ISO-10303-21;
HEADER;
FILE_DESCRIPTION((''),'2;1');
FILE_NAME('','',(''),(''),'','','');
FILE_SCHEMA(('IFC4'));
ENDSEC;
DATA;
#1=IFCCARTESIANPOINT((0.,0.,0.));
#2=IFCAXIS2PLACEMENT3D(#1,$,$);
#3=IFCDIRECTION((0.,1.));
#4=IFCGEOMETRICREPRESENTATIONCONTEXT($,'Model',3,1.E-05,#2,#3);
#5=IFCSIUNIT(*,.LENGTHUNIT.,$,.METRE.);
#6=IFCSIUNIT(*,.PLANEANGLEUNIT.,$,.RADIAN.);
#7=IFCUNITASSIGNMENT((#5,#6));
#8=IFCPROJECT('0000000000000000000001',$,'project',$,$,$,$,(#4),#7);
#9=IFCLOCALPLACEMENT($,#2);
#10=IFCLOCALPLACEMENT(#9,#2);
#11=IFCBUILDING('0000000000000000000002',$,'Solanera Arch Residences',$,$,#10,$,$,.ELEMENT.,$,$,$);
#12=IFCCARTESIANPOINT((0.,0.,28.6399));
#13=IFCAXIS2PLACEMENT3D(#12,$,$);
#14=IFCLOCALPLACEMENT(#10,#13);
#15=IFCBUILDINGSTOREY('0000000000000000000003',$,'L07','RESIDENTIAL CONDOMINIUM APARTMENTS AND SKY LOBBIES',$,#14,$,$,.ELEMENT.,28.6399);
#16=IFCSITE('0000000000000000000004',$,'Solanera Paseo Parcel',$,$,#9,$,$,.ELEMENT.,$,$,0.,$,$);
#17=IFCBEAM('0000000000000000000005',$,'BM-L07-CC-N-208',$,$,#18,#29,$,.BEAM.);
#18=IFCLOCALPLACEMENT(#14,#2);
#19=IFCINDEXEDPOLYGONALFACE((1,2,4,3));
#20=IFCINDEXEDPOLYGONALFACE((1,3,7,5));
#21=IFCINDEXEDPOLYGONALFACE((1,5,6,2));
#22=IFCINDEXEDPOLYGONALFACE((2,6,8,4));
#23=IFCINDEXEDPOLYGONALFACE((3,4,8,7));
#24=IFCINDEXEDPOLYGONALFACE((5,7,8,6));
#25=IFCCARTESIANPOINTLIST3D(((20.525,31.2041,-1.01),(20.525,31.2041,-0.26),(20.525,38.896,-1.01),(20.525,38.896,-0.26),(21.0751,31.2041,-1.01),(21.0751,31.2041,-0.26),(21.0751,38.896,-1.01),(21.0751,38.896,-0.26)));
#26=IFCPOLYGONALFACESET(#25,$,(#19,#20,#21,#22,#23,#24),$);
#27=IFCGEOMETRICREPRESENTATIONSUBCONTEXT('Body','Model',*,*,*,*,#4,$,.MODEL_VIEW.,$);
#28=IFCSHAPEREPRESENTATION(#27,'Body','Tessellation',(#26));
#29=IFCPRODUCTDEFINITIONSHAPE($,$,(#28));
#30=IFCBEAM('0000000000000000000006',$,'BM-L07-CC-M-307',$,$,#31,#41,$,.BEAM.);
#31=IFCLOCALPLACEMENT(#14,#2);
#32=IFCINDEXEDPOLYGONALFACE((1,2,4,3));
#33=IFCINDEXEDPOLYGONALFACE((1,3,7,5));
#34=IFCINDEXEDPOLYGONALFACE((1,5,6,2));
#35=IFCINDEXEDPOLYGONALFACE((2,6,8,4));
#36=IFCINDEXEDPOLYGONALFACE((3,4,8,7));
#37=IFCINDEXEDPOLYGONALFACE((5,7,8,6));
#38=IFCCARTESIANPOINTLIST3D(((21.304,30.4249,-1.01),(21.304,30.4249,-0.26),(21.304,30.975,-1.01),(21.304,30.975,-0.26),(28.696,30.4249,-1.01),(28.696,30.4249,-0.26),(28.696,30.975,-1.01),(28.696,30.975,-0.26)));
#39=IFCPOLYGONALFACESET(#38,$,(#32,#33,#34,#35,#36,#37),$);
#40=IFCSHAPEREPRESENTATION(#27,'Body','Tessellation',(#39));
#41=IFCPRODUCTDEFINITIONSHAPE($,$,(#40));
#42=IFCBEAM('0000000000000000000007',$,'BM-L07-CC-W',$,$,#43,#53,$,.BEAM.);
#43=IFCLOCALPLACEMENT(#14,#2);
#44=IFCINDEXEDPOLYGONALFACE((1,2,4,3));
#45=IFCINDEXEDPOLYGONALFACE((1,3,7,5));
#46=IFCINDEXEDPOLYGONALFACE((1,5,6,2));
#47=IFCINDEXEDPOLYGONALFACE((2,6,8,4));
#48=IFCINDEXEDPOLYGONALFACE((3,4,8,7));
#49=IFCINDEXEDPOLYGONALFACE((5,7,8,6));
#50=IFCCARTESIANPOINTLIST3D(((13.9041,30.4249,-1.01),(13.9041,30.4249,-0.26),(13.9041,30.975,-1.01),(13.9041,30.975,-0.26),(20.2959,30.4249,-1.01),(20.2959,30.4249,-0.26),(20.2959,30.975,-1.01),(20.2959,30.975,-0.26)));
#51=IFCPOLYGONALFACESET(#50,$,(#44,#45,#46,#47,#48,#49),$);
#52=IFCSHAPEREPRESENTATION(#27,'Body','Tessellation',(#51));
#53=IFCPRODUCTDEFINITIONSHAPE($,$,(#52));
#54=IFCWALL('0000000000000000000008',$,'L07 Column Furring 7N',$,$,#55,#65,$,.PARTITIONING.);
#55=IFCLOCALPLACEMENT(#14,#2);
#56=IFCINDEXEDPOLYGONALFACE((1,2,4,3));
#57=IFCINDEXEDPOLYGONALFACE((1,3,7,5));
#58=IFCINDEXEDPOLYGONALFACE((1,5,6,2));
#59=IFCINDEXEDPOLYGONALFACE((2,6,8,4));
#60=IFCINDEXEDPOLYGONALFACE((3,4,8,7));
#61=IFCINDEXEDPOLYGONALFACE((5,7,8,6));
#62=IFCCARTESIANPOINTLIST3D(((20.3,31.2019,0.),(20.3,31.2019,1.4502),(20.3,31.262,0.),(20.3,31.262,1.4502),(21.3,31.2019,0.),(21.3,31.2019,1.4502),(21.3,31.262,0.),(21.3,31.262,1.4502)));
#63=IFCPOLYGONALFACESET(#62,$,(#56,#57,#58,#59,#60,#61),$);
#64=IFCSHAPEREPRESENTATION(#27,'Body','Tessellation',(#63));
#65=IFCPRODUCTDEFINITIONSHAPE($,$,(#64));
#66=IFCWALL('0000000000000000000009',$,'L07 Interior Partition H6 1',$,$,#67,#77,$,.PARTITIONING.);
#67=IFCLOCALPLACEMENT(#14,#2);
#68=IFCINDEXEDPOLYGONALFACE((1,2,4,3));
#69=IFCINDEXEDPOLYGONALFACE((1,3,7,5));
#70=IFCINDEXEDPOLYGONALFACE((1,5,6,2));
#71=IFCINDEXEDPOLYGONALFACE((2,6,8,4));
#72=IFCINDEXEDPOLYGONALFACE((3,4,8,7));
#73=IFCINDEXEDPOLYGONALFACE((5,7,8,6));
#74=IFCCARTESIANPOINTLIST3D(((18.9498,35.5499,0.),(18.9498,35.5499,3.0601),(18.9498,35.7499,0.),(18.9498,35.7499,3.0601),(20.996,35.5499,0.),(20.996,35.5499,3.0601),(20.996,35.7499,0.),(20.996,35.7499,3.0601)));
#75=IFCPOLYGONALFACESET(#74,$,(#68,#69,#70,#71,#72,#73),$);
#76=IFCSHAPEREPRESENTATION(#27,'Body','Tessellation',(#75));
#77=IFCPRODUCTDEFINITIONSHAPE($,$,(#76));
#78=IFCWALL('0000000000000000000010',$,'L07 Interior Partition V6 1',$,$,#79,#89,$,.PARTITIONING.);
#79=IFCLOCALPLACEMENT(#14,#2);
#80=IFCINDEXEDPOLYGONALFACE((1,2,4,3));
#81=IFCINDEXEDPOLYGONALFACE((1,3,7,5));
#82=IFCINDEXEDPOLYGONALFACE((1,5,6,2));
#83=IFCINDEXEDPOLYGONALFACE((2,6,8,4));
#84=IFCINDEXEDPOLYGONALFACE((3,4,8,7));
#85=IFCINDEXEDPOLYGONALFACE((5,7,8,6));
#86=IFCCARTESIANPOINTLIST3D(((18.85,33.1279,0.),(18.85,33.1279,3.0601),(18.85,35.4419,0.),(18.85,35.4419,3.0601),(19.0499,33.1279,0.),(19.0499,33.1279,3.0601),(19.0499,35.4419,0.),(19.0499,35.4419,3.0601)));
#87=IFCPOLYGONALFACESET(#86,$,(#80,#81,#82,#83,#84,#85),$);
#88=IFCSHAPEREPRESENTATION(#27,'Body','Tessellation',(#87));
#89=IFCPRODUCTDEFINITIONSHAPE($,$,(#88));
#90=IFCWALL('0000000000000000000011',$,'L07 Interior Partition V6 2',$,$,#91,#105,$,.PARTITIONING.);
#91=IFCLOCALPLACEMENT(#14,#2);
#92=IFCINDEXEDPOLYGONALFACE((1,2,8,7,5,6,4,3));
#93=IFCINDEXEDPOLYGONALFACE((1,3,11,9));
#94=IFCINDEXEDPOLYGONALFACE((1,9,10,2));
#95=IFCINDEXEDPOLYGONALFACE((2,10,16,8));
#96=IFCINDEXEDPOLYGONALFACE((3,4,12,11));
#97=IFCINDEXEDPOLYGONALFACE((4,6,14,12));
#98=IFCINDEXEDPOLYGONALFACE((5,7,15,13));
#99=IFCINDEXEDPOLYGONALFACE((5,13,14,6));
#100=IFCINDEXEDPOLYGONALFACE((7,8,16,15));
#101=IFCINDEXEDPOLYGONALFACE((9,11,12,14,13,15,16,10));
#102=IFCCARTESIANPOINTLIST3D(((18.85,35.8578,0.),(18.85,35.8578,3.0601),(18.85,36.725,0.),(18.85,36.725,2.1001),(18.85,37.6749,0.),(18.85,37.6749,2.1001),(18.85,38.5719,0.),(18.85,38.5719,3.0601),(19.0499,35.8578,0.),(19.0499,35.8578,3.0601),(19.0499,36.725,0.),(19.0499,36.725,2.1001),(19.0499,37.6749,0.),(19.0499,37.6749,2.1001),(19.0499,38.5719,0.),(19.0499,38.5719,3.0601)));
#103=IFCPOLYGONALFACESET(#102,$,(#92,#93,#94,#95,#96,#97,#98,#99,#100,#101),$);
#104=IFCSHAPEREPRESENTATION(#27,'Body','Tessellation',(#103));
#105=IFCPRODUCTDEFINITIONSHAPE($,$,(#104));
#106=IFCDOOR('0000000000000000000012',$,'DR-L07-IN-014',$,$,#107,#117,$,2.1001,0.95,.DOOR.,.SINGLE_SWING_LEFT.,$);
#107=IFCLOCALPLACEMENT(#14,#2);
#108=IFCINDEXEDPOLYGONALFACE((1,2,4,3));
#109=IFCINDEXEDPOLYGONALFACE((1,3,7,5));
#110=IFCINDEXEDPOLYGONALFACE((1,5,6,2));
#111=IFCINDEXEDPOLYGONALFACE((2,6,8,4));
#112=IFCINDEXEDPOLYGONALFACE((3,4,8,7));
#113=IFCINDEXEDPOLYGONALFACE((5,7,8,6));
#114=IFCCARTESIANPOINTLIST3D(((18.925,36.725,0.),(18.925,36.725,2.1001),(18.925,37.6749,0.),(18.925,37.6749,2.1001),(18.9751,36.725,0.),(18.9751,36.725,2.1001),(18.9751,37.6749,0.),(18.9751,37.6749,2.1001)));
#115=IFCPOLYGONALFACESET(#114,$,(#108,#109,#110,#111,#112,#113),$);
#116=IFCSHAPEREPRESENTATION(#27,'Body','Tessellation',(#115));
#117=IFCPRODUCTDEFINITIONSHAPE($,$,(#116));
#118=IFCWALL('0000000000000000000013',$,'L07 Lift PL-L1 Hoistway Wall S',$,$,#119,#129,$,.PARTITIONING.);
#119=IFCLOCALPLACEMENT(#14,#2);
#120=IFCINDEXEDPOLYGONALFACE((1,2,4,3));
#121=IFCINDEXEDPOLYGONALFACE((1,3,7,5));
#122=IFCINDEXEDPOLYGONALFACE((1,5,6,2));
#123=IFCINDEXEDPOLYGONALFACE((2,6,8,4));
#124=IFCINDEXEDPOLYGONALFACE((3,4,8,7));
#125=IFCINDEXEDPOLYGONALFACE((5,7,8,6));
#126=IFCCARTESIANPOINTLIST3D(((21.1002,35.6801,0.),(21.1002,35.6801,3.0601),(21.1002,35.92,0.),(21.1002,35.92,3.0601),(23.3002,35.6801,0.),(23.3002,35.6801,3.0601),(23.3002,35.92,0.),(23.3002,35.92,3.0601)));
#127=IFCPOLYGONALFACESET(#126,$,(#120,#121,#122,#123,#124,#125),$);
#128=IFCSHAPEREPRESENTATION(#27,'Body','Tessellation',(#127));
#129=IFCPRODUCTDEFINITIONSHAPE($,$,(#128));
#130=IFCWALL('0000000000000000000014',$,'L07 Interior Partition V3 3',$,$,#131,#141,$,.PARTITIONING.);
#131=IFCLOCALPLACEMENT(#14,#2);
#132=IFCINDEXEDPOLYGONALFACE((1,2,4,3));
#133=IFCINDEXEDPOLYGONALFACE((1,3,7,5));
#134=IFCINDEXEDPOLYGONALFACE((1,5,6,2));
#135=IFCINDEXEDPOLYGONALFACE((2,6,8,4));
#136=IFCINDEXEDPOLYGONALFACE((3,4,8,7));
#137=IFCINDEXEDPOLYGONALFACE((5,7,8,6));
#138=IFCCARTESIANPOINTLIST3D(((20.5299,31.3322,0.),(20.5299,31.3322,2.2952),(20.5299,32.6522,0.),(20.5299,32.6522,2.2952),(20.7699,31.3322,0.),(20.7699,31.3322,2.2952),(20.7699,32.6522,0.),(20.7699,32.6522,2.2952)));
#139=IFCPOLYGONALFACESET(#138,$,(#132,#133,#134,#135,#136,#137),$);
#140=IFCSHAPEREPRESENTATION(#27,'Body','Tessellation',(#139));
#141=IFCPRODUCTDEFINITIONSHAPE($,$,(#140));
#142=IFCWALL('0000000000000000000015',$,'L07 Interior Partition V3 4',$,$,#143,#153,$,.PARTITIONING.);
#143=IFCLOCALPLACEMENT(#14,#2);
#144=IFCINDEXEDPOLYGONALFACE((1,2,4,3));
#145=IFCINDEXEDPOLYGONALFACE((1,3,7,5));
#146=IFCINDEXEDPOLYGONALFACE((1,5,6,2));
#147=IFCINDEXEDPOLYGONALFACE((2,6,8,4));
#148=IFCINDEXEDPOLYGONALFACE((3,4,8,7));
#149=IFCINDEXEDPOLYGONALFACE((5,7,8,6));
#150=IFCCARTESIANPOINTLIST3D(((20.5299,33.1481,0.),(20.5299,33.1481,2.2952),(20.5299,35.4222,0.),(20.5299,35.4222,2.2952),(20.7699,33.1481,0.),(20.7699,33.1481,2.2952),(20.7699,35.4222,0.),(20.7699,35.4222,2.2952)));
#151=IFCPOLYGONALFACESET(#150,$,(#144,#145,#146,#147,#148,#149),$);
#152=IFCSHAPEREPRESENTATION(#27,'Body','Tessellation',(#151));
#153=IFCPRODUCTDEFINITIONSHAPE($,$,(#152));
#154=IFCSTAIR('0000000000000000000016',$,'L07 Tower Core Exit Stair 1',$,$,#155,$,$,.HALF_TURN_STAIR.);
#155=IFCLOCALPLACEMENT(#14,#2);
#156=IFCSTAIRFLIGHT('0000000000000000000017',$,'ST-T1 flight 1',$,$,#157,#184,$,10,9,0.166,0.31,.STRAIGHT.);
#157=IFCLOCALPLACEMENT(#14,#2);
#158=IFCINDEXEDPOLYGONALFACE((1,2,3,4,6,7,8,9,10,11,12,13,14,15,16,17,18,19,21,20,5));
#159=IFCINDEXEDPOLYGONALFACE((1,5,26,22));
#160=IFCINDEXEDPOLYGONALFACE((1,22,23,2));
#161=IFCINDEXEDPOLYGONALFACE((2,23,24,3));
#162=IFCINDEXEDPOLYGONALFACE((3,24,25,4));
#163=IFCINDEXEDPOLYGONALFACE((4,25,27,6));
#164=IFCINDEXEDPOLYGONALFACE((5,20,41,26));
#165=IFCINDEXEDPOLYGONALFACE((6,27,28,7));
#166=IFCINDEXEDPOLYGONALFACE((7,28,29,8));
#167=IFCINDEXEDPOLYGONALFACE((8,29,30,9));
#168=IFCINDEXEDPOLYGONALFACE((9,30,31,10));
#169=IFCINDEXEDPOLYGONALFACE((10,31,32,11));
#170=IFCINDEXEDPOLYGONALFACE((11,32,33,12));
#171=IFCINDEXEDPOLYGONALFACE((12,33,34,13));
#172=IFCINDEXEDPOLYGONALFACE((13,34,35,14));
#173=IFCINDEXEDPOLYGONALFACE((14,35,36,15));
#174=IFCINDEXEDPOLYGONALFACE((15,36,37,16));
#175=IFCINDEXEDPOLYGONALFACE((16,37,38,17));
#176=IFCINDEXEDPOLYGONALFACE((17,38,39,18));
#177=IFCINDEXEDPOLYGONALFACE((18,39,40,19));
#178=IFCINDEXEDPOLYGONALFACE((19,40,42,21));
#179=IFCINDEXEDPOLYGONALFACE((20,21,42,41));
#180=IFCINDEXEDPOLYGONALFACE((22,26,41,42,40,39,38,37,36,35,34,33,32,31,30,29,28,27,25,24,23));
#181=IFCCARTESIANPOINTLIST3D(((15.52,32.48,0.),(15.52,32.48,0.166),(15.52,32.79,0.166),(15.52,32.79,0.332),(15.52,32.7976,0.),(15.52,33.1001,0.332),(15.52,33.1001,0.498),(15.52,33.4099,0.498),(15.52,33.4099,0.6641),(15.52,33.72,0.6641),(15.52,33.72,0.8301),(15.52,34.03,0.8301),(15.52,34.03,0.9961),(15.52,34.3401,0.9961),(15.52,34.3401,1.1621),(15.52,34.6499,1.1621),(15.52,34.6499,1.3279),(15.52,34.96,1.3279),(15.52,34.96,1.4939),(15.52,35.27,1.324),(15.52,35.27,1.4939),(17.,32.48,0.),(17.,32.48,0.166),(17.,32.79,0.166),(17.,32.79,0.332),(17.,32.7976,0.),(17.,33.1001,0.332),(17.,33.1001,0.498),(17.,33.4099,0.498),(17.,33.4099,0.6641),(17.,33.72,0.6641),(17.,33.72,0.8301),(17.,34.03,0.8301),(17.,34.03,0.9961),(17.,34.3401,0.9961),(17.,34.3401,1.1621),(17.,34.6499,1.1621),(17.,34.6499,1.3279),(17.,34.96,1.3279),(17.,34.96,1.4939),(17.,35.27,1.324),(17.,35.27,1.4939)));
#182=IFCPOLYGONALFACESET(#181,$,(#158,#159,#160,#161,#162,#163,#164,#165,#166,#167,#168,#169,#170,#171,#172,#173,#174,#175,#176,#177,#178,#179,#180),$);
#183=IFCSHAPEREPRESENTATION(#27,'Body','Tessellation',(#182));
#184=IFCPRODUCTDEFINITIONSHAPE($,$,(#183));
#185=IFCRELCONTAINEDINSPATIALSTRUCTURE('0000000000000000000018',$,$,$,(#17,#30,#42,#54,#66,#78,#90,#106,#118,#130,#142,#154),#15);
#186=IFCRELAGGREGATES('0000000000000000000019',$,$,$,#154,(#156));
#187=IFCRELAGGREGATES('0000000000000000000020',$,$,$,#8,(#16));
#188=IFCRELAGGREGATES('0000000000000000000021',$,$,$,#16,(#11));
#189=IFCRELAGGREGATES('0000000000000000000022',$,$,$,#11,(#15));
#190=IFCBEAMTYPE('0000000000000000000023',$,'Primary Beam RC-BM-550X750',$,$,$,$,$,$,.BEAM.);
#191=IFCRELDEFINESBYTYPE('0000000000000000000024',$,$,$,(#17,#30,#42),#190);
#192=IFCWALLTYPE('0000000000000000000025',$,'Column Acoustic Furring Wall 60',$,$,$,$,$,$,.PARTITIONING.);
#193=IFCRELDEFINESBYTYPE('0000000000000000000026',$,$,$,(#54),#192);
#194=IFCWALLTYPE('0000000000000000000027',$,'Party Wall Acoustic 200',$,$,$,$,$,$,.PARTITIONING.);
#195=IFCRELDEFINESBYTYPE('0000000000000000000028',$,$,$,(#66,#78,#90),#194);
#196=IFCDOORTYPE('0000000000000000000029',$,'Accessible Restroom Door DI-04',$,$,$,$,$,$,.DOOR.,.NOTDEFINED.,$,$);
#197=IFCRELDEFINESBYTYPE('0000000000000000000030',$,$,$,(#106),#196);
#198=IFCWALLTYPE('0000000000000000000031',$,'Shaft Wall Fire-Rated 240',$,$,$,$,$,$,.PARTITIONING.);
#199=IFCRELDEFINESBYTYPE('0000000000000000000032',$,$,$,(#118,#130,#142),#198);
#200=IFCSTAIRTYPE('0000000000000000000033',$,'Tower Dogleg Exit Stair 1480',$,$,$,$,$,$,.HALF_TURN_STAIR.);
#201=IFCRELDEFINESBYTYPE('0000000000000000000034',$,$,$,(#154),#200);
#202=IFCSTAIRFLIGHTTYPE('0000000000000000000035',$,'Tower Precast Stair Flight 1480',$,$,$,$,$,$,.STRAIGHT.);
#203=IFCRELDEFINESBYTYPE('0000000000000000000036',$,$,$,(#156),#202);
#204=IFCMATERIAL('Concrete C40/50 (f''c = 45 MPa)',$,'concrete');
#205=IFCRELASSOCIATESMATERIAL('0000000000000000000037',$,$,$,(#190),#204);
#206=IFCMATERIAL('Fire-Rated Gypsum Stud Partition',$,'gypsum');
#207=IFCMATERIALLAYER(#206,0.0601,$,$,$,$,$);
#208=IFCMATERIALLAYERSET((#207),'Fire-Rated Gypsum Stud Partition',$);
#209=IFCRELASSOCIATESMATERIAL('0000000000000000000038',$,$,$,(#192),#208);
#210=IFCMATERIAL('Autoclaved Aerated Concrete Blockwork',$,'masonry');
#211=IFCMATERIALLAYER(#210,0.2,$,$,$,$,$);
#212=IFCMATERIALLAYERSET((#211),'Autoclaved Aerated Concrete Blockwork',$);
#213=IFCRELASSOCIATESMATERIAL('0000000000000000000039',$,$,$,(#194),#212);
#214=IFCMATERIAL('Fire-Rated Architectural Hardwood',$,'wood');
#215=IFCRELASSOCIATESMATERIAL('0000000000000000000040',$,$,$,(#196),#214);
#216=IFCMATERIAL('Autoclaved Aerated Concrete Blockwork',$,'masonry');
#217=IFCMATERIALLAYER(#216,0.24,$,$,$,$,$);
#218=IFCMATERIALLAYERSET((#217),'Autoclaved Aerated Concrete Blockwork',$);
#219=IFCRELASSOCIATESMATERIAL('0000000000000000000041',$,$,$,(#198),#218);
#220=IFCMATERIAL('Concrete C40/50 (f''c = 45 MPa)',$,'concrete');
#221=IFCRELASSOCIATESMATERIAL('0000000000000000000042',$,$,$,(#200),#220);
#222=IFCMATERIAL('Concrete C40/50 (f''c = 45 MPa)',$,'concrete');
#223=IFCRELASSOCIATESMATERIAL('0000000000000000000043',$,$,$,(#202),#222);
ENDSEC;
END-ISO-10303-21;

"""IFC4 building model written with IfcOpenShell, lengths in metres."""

from ifc_helpers import new_model, si_unit, direction, frame, frame_2d, origin, origin_2d, place, context, subcontext, project, spatial, polyline, rectangle, outline, extrude, material, layer, layer_set, material_profile, profile_set, type_object, element, fill, aggregate, save


model = new_model("IFC4")

# Units and contexts
model_context = context("Model", 3, precision=1e-05, world=origin(), true_north=direction((0.0, 1.0)))
body_context = subcontext(model_context, "Body", "Model", "MODEL_VIEW")
ifc_project = project(units=[si_unit("LENGTHUNIT", "METRE"), si_unit("PLANEANGLEUNIT", "RADIAN")], contexts=[model_context])

# Site, building, storey
site_placement = place(None, origin())
site = spatial("IfcSite", under=ifc_project, at=site_placement, Name="Solanera Paseo Parcel", CompositionType="ELEMENT", RefElevation=0.0)
building_placement = place(site_placement, origin())
building = spatial("IfcBuilding", under=site, at=building_placement, Name="Solanera Arch Residences", CompositionType="ELEMENT")
storey_placement = place(building_placement, frame((0.0, 0.0, 28.6399)))
storey = spatial("IfcBuildingStorey", under=building, at=storey_placement, Name="L07", Description="RESIDENTIAL CONDOMINIUM APARTMENTS AND SKY LOBBIES", CompositionType="ELEMENT", Elevation=28.6399)

# Beams
ifc_material_1 = material(Name="Concrete C40/50 (f'c = 45 MPa)", Category="concrete")
ifc_material_profile = material_profile(ifc_material_1, rectangle(XDim=0.55, YDim=0.75, at=origin_2d()))
ifc_profile_set = profile_set([ifc_material_profile], Name="Concrete C40/50 (f'c = 45 MPa)")
beam_type = type_object("IfcBeamType", Name="Primary Beam RC-BM-550X750", PredefinedType="BEAM", material=ifc_profile_set)
beam_1_placement = place(storey_placement, frame((20.8, 31.2041, -0.635), z_axis=(0.0, 1.0, 0.0), x_axis=(-1.0, 0.0, 0.0)))
element("IfcBeam", 1, at=beam_1_placement, inside=storey, type_object=beam_type, Name="BM-L07-CC-N-208", PredefinedType="BEAM", context=body_context, shape_type="SweptSolid", body=[
    extrude(rectangle(XDim=0.55, YDim=0.75, at=origin_2d()), origin(), (0.0, 0.0, 1.0), 7.6919),
])
beam_2_placement = place(storey_placement, frame((21.304, 30.7, -0.635), z_axis=(1.0, 0.0, 0.0), x_axis=(0.0, 1.0, 0.0)))
element("IfcBeam", 2, at=beam_2_placement, inside=storey, type_object=beam_type, Name="BM-L07-CC-M-307", PredefinedType="BEAM", context=body_context, shape_type="SweptSolid", body=[
    extrude(rectangle(XDim=0.55, YDim=0.75, at=origin_2d()), origin(), (0.0, 0.0, 1.0), 7.3921),
])
beam_3_placement = place(storey_placement, frame((13.9041, 30.7, -0.635), z_axis=(1.0, 0.0, 0.0), x_axis=(0.0, 1.0, 0.0)))
element("IfcBeam", 3, at=beam_3_placement, inside=storey, type_object=beam_type, Name="BM-L07-CC-W", PredefinedType="BEAM", context=body_context, shape_type="SweptSolid", body=[
    extrude(rectangle(XDim=0.55, YDim=0.75, at=origin_2d()), origin(), (0.0, 0.0, 1.0), 6.3918),
])

# Wall
ifc_material_2 = material(Name="Fire-Rated Gypsum Stud Partition", Category="gypsum")
ifc_layer_1 = layer(ifc_material_2, 0.0601)
ifc_layer_set_1 = layer_set([ifc_layer_1], Name="Fire-Rated Gypsum Stud Partition")
wall_type_1 = type_object("IfcWallType", Name="Column Acoustic Furring Wall 60", PredefinedType="PARTITIONING", material=ifc_layer_set_1)
wall_1_placement = place(storey_placement, frame((20.3, 31.2319, 0.0), z_axis=(0.0, 0.0, 1.0), x_axis=(1.0, 0.0, 0.0)))
element("IfcWall", 4, at=wall_1_placement, inside=storey, type_object=wall_type_1, Name="L07 Column Furring 7N", PredefinedType="PARTITIONING", context=body_context, shape_type="SweptSolid", body=[
    extrude(rectangle(XDim=1.0, YDim=0.0601, at=frame_2d((0.5, 0.0))), origin(), (0.0, 0.0, 1.0), 1.4502),
])

# Walls
ifc_material_3 = material(Name="Autoclaved Aerated Concrete Blockwork", Category="masonry")
ifc_layer_2 = layer(ifc_material_3, 0.2)
ifc_layer_set_2 = layer_set([ifc_layer_2], Name="Autoclaved Aerated Concrete Blockwork")
wall_type_2 = type_object("IfcWallType", Name="Party Wall Acoustic 200", PredefinedType="PARTITIONING", material=ifc_layer_set_2)
wall_2_placement = place(storey_placement, frame((18.95, 35.6499, 0.0), z_axis=(0.0, 0.0, 1.0), x_axis=(1.0, 0.0, 0.0)))
element("IfcWall", 5, at=wall_2_placement, inside=storey, type_object=wall_type_2, Name="L07 Interior Partition H6 1", PredefinedType="PARTITIONING", context=body_context, shape_type="SweptSolid", body=[
    extrude(rectangle(XDim=2.0461, YDim=0.2, at=frame_2d((1.0229, 0.0))), origin(), (0.0, 0.0, 1.0), 3.0601),
])
wall_3_placement = place(storey_placement, frame((18.95, 33.1279, 0.0), z_axis=(0.0, 0.0, 1.0), x_axis=(0.0, 1.0, 0.0)))
element("IfcWall", 6, at=wall_3_placement, inside=storey, type_object=wall_type_2, Name="L07 Interior Partition V6 1", PredefinedType="PARTITIONING", context=body_context, shape_type="SweptSolid", body=[
    extrude(rectangle(XDim=2.314, YDim=0.2, at=frame_2d((1.157, 0.0))), origin(), (0.0, 0.0, 1.0), 3.0601),
])

# Wall, opening, door
wall_4_placement = place(storey_placement, frame((18.95, 35.8579, 0.0), z_axis=(0.0, 0.0, 1.0), x_axis=(0.0, 1.0, 0.0)))
wall_4 = element("IfcWall", 7, at=wall_4_placement, inside=storey, type_object=wall_type_2, Name="L07 Interior Partition V6 2", PredefinedType="PARTITIONING", context=body_context, shape_type="SweptSolid", body=[
    extrude(rectangle(XDim=2.7141, YDim=0.2, at=frame_2d((1.3569, 0.0))), origin(), (0.0, 0.0, 1.0), 3.0601),
])
opening_1_placement = place(wall_4_placement, frame((0.8669, 0.0, 0.0)))
opening_1 = element("IfcOpeningElement", 8, at=opening_1_placement, cuts=wall_4, PredefinedType="OPENING", context=body_context, shape_type="SweptSolid", body=[
    extrude(rectangle(XDim=0.95, YDim=2.1001, at=frame_2d((0.4751, 1.05))), frame((0.0, 0.1101, 0.0), z_axis=(0.0, -1.0, 0.0), x_axis=(1.0, 0.0, 0.0)), (0.0, 0.0, 1.0), 0.22),
])
ifc_material_4 = material(Name="Fire-Rated Architectural Hardwood", Category="wood")
door_type_1 = type_object("IfcDoorType", Name="Accessible Restroom Door DI-04", OperationType="NOTDEFINED", PredefinedType="DOOR", material=ifc_material_4)
door_1_placement = place(opening_1_placement, origin())
door_1 = element("IfcDoor", 9, at=door_1_placement, inside=storey, type_object=door_type_1, Name="DR-L07-IN-014", OperationType="SINGLE_SWING_LEFT", OverallHeight=2.1001, OverallWidth=0.95, PredefinedType="DOOR", context=body_context, shape_type="SweptSolid", body=[
    extrude(rectangle(XDim=0.95, YDim=2.1001, at=frame_2d((0.4751, 1.05))), frame((0.0, 0.0249, 0.0), z_axis=(0.0, -1.0, 0.0), x_axis=(1.0, 0.0, 0.0)), (0.0, 0.0, 1.0), 0.05),
])
fill(opening_1, door_1)

# Wall
ifc_material_5 = material(Name="Autoclaved Aerated Concrete Blockwork", Category="masonry")
ifc_layer_3 = layer(ifc_material_5, 0.24)
ifc_layer_set_3 = layer_set([ifc_layer_3], Name="Autoclaved Aerated Concrete Blockwork")
wall_type_3 = type_object("IfcWallType", Name="Shaft Wall Fire-Rated 240", PredefinedType="PARTITIONING", material=ifc_layer_set_3)
wall_5_placement = place(storey_placement, frame((21.1001, 35.8, 0.0), z_axis=(0.0, 0.0, 1.0), x_axis=(1.0, 0.0, 0.0)))
element("IfcWall", 10, at=wall_5_placement, inside=storey, type_object=wall_type_3, Name="L07 Lift PL-L1 Hoistway Wall S", PredefinedType="PARTITIONING", context=body_context, shape_type="SweptSolid", body=[
    extrude(rectangle(XDim=2.2, YDim=0.24, at=frame_2d((1.1001, 0.0))), origin(), (0.0, 0.0, 1.0), 3.0601),
])

# Walls
wall_6_placement = place(storey_placement, frame((20.6499, 31.332, 0.0), z_axis=(0.0, 0.0, 1.0), x_axis=(0.0, 1.0, 0.0)))
element("IfcWall", 11, at=wall_6_placement, inside=storey, type_object=wall_type_3, Name="L07 Interior Partition V3 3", PredefinedType="PARTITIONING", context=body_context, shape_type="SweptSolid", body=[
    extrude(rectangle(XDim=1.3201, YDim=0.24, at=frame_2d((0.6602, 0.0))), origin(), (0.0, 0.0, 1.0), 2.2952),
])
wall_7_placement = place(storey_placement, frame((20.6499, 33.1479, 0.0), z_axis=(0.0, 0.0, 1.0), x_axis=(0.0, 1.0, 0.0)))
element("IfcWall", 12, at=wall_7_placement, inside=storey, type_object=wall_type_3, Name="L07 Interior Partition V3 4", PredefinedType="PARTITIONING", context=body_context, shape_type="SweptSolid", body=[
    extrude(rectangle(XDim=2.2742, YDim=0.24, at=frame_2d((1.1372, 0.0))), origin(), (0.0, 0.0, 1.0), 2.2952),
])

# Stair, stair flight
ifc_material_6 = material(Name="Concrete C40/50 (f'c = 45 MPa)", Category="concrete")
stair_type = type_object("IfcStairType", Name="Tower Dogleg Exit Stair 1480", PredefinedType="HALF_TURN_STAIR", material=ifc_material_6)
stair_placement = place(storey_placement, origin())
stair = element("IfcStair", 13, at=stair_placement, inside=storey, type_object=stair_type, Name="L07 Tower Core Exit Stair 1", PredefinedType="HALF_TURN_STAIR")
ifc_material_7 = material(Name="Concrete C40/50 (f'c = 45 MPa)", Category="concrete")
stair_flight_type = type_object("IfcStairFlightType", Name="Tower Precast Stair Flight 1480", PredefinedType="STRAIGHT", material=ifc_material_7)
stair_flight_1_placement = place(storey_placement, frame((16.26, 32.48, 0.0), z_axis=(0.0, 0.0, 1.0), x_axis=(0.0, 1.0, 0.0)))
stair_flight_1 = element("IfcStairFlight", 14, at=stair_flight_1_placement, type_object=stair_flight_type, Name="ST-T1 flight 1", NumberOfRisers=10, NumberOfTreads=9, PredefinedType="STRAIGHT", RiserHeight=0.166, TreadLength=0.31, context=body_context, shape_type="SweptSolid", body=[
    extrude(outline(polyline([(0.0, 0.0), (0.0, 0.166), (0.3101, 0.166), (0.3101, 0.332), (0.6201, 0.332), (0.6201, 0.498), (0.9299, 0.498), (0.9299, 0.6641), (1.24, 0.6641), (1.24, 0.8301), (1.55, 0.8301), (1.55, 0.9961), (1.8601, 0.9961), (1.8601, 1.1621), (2.1699, 1.1621), (2.1699, 1.3279), (2.48, 1.3279), (2.48, 1.4939), (2.79, 1.4939), (2.79, 1.6599), (2.79, 1.324), (0.3176, 0.0), (0.0, 0.0)])), frame((0.0, 0.74, 0.0), z_axis=(0.0, -1.0, 0.0), x_axis=(1.0, 0.0, 0.0)), (0.0, 0.0, 1.0), 1.48),
])
aggregate(stair, [stair_flight_1])

save(model, "model.ifc")
